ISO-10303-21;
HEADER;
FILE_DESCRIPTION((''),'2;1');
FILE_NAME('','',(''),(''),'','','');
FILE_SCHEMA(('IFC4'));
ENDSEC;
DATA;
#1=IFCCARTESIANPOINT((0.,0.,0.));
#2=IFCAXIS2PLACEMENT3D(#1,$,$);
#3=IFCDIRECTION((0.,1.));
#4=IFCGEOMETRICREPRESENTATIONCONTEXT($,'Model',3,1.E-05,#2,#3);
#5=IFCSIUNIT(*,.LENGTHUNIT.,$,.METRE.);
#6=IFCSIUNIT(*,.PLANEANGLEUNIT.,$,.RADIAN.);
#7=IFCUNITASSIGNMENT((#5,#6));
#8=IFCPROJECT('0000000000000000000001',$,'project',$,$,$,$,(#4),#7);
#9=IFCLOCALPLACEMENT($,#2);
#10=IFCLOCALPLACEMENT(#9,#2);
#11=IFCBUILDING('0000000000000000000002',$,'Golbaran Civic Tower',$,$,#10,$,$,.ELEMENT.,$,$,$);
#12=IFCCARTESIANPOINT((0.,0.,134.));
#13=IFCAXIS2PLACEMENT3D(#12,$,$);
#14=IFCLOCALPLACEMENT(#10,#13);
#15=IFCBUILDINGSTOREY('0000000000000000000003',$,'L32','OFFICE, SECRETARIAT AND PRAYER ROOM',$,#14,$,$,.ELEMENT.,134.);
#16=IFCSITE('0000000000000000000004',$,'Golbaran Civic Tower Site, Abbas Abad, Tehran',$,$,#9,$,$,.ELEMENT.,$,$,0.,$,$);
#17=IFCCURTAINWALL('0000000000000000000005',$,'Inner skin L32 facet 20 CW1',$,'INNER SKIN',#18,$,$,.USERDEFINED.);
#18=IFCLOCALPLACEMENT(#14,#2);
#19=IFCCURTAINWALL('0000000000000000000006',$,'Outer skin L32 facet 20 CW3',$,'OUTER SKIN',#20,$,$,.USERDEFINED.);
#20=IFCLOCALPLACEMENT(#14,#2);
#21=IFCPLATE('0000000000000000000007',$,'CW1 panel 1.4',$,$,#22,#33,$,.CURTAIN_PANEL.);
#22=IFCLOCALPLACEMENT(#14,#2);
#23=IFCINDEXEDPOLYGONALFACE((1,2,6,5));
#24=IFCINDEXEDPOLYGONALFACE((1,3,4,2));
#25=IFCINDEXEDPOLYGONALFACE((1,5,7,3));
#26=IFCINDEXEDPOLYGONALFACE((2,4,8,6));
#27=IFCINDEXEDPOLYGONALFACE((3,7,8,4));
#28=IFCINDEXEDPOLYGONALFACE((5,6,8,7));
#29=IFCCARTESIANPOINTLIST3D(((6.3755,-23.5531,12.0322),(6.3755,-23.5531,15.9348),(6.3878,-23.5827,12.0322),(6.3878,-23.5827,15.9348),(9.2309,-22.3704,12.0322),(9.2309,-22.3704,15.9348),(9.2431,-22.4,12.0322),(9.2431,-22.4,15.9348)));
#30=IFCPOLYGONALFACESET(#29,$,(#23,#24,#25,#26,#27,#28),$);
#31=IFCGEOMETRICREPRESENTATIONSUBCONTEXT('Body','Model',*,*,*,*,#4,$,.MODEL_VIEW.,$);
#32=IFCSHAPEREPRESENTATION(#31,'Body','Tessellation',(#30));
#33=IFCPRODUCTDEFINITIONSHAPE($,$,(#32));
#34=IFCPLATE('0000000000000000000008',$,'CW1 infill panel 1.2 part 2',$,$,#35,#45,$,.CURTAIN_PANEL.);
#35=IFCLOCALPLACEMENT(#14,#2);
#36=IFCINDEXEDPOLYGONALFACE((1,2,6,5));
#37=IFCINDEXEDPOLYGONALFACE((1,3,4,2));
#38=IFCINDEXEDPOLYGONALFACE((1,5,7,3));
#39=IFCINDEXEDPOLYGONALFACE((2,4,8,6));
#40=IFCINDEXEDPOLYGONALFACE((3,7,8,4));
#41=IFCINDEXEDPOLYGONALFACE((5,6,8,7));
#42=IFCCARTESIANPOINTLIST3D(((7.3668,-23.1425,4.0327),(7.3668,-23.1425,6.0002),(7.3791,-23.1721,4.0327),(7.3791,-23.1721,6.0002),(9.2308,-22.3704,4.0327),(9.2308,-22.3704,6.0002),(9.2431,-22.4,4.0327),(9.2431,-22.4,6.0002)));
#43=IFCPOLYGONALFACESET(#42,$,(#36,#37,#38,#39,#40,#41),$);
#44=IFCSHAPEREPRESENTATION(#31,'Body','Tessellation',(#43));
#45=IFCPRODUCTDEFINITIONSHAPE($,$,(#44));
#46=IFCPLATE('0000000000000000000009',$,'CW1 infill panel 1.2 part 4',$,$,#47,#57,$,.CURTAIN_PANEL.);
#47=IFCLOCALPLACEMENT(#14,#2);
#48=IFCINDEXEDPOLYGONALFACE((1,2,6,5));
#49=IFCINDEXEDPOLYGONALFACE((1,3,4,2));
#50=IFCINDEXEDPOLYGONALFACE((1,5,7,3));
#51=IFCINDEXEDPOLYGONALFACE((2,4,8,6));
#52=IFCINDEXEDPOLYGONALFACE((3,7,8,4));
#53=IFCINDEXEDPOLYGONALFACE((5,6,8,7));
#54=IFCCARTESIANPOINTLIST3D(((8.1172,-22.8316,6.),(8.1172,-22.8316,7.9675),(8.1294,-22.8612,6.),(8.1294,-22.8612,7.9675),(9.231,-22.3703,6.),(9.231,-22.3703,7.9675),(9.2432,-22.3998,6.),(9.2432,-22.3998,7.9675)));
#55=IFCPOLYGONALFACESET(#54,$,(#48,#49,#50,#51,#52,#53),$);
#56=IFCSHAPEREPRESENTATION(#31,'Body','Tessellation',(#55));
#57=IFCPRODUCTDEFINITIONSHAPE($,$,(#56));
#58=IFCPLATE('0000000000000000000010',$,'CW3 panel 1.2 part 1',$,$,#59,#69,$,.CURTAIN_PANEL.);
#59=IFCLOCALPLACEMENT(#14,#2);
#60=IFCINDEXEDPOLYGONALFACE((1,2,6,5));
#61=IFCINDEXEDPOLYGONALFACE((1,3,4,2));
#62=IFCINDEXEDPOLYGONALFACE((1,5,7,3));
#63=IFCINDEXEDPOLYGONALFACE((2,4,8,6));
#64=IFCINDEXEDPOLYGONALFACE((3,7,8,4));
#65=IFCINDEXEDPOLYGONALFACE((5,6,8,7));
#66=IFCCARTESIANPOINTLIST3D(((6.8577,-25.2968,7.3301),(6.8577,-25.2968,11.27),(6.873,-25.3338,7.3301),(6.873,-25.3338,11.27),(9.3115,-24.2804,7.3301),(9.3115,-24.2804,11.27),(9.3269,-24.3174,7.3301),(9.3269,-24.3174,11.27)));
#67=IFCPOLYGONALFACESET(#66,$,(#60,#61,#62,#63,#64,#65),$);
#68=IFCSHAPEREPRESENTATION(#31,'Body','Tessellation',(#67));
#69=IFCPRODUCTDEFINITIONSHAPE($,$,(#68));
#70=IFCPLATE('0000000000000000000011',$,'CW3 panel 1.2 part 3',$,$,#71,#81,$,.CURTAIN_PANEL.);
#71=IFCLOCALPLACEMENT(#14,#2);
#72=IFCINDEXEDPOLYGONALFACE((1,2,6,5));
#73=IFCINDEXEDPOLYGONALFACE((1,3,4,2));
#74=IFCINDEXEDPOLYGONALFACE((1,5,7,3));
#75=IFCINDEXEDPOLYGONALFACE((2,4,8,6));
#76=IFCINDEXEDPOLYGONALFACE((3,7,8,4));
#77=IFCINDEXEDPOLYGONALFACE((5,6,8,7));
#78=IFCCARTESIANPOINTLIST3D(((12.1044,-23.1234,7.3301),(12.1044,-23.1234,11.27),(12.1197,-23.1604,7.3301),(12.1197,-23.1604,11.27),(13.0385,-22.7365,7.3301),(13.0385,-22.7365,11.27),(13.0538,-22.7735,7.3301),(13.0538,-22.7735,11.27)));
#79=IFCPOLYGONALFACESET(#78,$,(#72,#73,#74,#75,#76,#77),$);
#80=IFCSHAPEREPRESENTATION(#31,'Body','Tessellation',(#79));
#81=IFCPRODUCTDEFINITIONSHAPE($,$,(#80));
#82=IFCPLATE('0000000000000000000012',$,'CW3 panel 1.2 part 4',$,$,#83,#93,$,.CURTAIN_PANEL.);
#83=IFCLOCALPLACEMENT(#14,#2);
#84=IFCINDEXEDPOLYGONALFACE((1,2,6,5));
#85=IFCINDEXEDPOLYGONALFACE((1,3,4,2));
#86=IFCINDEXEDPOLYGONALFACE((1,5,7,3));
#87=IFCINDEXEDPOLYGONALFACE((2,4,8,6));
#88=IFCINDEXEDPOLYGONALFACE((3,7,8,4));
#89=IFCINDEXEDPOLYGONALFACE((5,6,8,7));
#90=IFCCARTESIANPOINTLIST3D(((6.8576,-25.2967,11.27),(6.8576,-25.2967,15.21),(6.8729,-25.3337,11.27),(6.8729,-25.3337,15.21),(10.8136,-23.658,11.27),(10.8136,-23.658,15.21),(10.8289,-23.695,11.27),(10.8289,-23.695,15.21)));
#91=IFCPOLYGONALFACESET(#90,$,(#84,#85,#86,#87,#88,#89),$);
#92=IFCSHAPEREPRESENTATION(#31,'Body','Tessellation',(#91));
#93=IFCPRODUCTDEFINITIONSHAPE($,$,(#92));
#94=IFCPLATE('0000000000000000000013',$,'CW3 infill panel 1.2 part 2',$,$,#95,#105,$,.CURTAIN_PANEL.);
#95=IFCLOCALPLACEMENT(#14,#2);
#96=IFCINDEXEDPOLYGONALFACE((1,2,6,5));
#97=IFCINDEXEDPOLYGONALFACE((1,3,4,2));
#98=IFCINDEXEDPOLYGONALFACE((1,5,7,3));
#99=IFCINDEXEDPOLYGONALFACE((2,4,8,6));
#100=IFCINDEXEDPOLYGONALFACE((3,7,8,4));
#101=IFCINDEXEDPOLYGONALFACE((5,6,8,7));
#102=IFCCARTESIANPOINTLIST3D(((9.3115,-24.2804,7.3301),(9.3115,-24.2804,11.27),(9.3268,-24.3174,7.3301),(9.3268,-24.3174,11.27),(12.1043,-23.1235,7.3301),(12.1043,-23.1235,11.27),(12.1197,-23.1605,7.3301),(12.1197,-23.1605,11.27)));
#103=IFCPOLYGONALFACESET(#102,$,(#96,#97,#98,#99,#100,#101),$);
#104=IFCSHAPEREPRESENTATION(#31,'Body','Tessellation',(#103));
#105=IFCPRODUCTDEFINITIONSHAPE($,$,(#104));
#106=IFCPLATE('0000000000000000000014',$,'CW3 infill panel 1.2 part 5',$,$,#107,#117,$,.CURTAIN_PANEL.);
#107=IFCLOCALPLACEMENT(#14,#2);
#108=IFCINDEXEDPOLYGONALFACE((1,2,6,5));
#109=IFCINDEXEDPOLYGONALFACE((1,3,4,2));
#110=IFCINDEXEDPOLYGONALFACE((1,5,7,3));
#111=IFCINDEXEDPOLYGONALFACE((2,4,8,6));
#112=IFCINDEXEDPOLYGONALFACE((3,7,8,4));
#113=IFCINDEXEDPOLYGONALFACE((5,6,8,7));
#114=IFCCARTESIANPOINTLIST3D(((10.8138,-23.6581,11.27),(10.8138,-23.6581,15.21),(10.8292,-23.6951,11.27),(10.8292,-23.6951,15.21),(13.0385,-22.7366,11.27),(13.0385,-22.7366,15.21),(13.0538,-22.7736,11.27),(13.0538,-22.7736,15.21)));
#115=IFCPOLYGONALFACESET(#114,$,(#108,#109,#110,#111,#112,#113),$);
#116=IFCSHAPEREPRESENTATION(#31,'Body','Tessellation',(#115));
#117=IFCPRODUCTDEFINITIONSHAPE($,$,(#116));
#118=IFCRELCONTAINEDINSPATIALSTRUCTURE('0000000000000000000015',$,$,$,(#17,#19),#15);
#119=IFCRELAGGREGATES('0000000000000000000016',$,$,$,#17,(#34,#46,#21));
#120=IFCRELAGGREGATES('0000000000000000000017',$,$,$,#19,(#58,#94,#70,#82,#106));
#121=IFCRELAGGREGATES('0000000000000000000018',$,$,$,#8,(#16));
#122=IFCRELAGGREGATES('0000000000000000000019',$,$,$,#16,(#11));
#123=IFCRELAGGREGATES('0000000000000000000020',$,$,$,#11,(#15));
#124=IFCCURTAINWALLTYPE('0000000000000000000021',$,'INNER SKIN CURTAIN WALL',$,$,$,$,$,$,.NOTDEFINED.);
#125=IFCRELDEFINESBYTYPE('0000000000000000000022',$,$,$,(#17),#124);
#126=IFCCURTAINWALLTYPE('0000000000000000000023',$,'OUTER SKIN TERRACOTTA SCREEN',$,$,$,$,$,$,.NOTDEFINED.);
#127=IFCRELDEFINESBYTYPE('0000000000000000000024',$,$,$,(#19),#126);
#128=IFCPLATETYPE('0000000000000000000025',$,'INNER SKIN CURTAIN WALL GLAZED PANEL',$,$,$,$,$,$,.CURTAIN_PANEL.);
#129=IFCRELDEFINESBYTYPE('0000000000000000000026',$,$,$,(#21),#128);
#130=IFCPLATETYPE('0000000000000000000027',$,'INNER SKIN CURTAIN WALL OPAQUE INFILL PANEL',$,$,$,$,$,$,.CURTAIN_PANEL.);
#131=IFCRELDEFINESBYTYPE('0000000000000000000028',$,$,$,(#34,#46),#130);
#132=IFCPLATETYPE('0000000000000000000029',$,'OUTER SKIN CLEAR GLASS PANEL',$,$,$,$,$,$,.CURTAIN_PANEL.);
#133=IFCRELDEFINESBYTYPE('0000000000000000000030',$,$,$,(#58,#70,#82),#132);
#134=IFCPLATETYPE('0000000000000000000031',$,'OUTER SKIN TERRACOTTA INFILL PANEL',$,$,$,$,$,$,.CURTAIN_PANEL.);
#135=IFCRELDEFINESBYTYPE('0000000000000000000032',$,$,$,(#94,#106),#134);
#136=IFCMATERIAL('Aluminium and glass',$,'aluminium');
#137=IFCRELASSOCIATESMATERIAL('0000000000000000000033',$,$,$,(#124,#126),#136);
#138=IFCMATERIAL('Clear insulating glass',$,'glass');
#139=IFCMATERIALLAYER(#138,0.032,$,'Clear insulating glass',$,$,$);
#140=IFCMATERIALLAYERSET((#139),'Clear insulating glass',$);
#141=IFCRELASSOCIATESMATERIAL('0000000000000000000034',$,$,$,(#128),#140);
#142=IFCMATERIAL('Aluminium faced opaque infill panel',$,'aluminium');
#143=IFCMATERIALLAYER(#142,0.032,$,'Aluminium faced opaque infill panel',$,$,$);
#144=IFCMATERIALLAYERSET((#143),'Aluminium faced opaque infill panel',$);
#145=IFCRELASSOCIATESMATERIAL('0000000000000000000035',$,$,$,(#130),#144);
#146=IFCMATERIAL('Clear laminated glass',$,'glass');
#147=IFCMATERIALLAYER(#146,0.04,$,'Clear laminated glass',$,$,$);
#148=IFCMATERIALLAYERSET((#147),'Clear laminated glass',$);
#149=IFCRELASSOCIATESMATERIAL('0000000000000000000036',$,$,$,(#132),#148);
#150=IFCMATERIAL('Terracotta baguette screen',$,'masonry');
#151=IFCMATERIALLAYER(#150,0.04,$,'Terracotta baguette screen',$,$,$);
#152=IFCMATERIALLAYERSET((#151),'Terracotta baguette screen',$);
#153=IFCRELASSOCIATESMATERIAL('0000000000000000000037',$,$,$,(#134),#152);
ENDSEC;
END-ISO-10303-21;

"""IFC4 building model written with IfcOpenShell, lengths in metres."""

from ifc_helpers import new_model, si_unit, direction, frame, origin, origin_2d, place, context, subcontext, project, spatial, rectangle, extrude, material, layer, layer_set, type_object, element, aggregate, save


model = new_model("IFC4")

# Units and contexts
model_context = context("Model", 3, precision=1e-05, world=origin(), true_north=direction((0.0, 1.0)))
body_context = subcontext(model_context, "Body", "Model", "MODEL_VIEW")
ifc_project = project(units=[si_unit("LENGTHUNIT", "METRE"), si_unit("PLANEANGLEUNIT", "RADIAN")], contexts=[model_context])

# Site, building, storey
site_placement = place(None, origin())
site = spatial("IfcSite", under=ifc_project, at=site_placement, Name="Golbaran Civic Tower Site, Abbas Abad, Tehran", CompositionType="ELEMENT", RefElevation=0.0)
building_placement = place(site_placement, origin())
building = spatial("IfcBuilding", under=site, at=building_placement, Name="Golbaran Civic Tower", CompositionType="ELEMENT")
storey_placement = place(building_placement, frame((0.0, 0.0, 134.0)))
storey = spatial("IfcBuildingStorey", under=building, at=storey_placement, Name="L32", Description="OFFICE, SECRETARIAT AND PRAYER ROOM", CompositionType="ELEMENT", Elevation=134.0)

# Curtain walls
ifc_material_1 = material(Name="Aluminium and glass", Category="aluminium")
curtain_wall_type_1 = type_object("IfcCurtainWallType", Name="INNER SKIN CURTAIN WALL", PredefinedType="NOTDEFINED", material=ifc_material_1)
curtain_wall_1_placement = place(storey_placement, origin())
curtain_wall_1 = element("IfcCurtainWall", 1, at=curtain_wall_1_placement, inside=storey, type_object=curtain_wall_type_1, Name="Inner skin L32 facet 20 CW1", ObjectType="INNER SKIN", PredefinedType="USERDEFINED")
curtain_wall_type_2 = type_object("IfcCurtainWallType", Name="OUTER SKIN TERRACOTTA SCREEN", PredefinedType="NOTDEFINED", material=ifc_material_1)
curtain_wall_2_placement = place(storey_placement, origin())
curtain_wall_2 = element("IfcCurtainWall", 2, at=curtain_wall_2_placement, inside=storey, type_object=curtain_wall_type_2, Name="Outer skin L32 facet 20 CW3", ObjectType="OUTER SKIN", PredefinedType="USERDEFINED")

# Shared definitions
ifc_material_2 = material(Name="Clear insulating glass", Category="glass")
ifc_layer_1 = layer(ifc_material_2, 0.032, Name="Clear insulating glass")
ifc_layer_set_1 = layer_set([ifc_layer_1], Name="Clear insulating glass")
plate_type_1 = type_object("IfcPlateType", Name="INNER SKIN CURTAIN WALL GLAZED PANEL", PredefinedType="CURTAIN_PANEL", material=ifc_layer_set_1)

# Plates
plate_1_placement = place(storey_placement, frame((7.8093, -22.9766, 12.0322), z_axis=(0.0, 0.0, 1.0), x_axis=(0.92388, 0.382683, 0.0)))
plate_1 = element("IfcPlate", 3, at=plate_1_placement, type_object=plate_type_1, Name="CW1 panel 1.4", PredefinedType="CURTAIN_PANEL", context=body_context, shape_type="SweptSolid", body=[
    extrude(rectangle(XDim=3.0906, YDim=0.032, at=origin_2d()), origin(), (0.0, 0.0, 1.0), 3.9026),
])
ifc_material_3 = material(Name="Aluminium faced opaque infill panel", Category="aluminium")
ifc_layer_2 = layer(ifc_material_3, 0.032, Name="Aluminium faced opaque infill panel")
ifc_layer_set_2 = layer_set([ifc_layer_2], Name="Aluminium faced opaque infill panel")
plate_type_2 = type_object("IfcPlateType", Name="INNER SKIN CURTAIN WALL OPAQUE INFILL PANEL", PredefinedType="CURTAIN_PANEL", material=ifc_layer_set_2)
plate_2_placement = place(storey_placement, frame((8.3049, -22.7712, 4.0327), z_axis=(0.0, 0.0, 1.0), x_axis=(0.92388, 0.382683, 0.0)))
plate_2 = element("IfcPlate", 4, at=plate_2_placement, type_object=plate_type_2, Name="CW1 infill panel 1.2 part 2", PredefinedType="CURTAIN_PANEL", context=body_context, shape_type="SweptSolid", body=[
    extrude(rectangle(XDim=2.0176, YDim=0.032, at=origin_2d()), origin(), (0.0, 0.0, 1.0), 1.9675),
])
plate_3_placement = place(storey_placement, frame((8.6802, -22.6157, 6.0), z_axis=(0.0, 0.0, 1.0), x_axis=(0.92388, 0.382683, 0.0)))
plate_3 = element("IfcPlate", 5, at=plate_3_placement, type_object=plate_type_2, Name="CW1 infill panel 1.2 part 4", PredefinedType="CURTAIN_PANEL", context=body_context, shape_type="SweptSolid", body=[
    extrude(rectangle(XDim=1.2056, YDim=0.032, at=origin_2d()), origin(), (0.0, 0.0, 1.0), 1.9675),
])
aggregate(curtain_wall_1, [plate_2, plate_3, plate_1])
ifc_material_4 = material(Name="Clear laminated glass", Category="glass")
ifc_layer_3 = layer(ifc_material_4, 0.04, Name="Clear laminated glass")
ifc_layer_set_3 = layer_set([ifc_layer_3], Name="Clear laminated glass")
plate_type_3 = type_object("IfcPlateType", Name="OUTER SKIN CLEAR GLASS PANEL", PredefinedType="CURTAIN_PANEL", material=ifc_layer_set_3)
plate_4_placement = place(storey_placement, frame((8.0923, -24.8071, 7.3301), z_axis=(0.0, 0.0, 1.0), x_axis=(0.92388, 0.382683, 0.0)))
plate_4 = element("IfcPlate", 6, at=plate_4_placement, type_object=plate_type_3, Name="CW3 panel 1.2 part 1", PredefinedType="CURTAIN_PANEL", context=body_context, shape_type="SweptSolid", body=[
    extrude(rectangle(XDim=2.656, YDim=0.04, at=origin_2d()), origin(), (0.0, 0.0, 1.0), 3.9399),
])
plate_5_placement = place(storey_placement, frame((12.5791, -22.9485, 7.3301), z_axis=(0.0, 0.0, 1.0), x_axis=(0.92388, 0.382683, 0.0)))
plate_5 = element("IfcPlate", 7, at=plate_5_placement, type_object=plate_type_3, Name="CW3 panel 1.2 part 3", PredefinedType="CURTAIN_PANEL", context=body_context, shape_type="SweptSolid", body=[
    extrude(rectangle(XDim=1.011, YDim=0.04, at=origin_2d()), origin(), (0.0, 0.0, 1.0), 3.9399),
])
plate_6_placement = place(storey_placement, frame((8.8433, -24.4958, 11.27), z_axis=(0.0, 0.0, 1.0), x_axis=(0.92388, 0.382683, 0.0)))
plate_6 = element("IfcPlate", 8, at=plate_6_placement, type_object=plate_type_3, Name="CW3 panel 1.2 part 4", PredefinedType="CURTAIN_PANEL", context=body_context, shape_type="SweptSolid", body=[
    extrude(rectangle(XDim=4.282, YDim=0.04, at=origin_2d()), origin(), (0.0, 0.0, 1.0), 3.9399),
])
ifc_material_5 = material(Name="Terracotta baguette screen", Category="masonry")
ifc_layer_4 = layer(ifc_material_5, 0.04, Name="Terracotta baguette screen")
ifc_layer_set_4 = layer_set([ifc_layer_4], Name="Terracotta baguette screen")
plate_type_4 = type_object("IfcPlateType", Name="OUTER SKIN TERRACOTTA INFILL PANEL", PredefinedType="CURTAIN_PANEL", material=ifc_layer_set_4)
plate_7_placement = place(storey_placement, frame((10.7156, -23.7205, 7.3301), z_axis=(0.0, 0.0, 1.0), x_axis=(0.92388, 0.382683, 0.0)))
plate_7 = element("IfcPlate", 9, at=plate_7_placement, type_object=plate_type_4, Name="CW3 infill panel 1.2 part 2", PredefinedType="CURTAIN_PANEL", context=body_context, shape_type="SweptSolid", body=[
    extrude(rectangle(XDim=3.0229, YDim=0.04, at=origin_2d()), origin(), (0.0, 0.0, 1.0), 3.9399),
])
plate_8_placement = place(storey_placement, frame((11.9338, -23.2158, 11.27), z_axis=(0.0, 0.0, 1.0), x_axis=(0.92388, 0.382683, 0.0)))
plate_8 = element("IfcPlate", 10, at=plate_8_placement, type_object=plate_type_4, Name="CW3 infill panel 1.2 part 5", PredefinedType="CURTAIN_PANEL", context=body_context, shape_type="SweptSolid", body=[
    extrude(rectangle(XDim=2.408, YDim=0.04, at=origin_2d()), origin(), (0.0, 0.0, 1.0), 3.9399),
])
aggregate(curtain_wall_2, [plate_4, plate_7, plate_5, plate_6, plate_8])

save(model, "model.ifc")
